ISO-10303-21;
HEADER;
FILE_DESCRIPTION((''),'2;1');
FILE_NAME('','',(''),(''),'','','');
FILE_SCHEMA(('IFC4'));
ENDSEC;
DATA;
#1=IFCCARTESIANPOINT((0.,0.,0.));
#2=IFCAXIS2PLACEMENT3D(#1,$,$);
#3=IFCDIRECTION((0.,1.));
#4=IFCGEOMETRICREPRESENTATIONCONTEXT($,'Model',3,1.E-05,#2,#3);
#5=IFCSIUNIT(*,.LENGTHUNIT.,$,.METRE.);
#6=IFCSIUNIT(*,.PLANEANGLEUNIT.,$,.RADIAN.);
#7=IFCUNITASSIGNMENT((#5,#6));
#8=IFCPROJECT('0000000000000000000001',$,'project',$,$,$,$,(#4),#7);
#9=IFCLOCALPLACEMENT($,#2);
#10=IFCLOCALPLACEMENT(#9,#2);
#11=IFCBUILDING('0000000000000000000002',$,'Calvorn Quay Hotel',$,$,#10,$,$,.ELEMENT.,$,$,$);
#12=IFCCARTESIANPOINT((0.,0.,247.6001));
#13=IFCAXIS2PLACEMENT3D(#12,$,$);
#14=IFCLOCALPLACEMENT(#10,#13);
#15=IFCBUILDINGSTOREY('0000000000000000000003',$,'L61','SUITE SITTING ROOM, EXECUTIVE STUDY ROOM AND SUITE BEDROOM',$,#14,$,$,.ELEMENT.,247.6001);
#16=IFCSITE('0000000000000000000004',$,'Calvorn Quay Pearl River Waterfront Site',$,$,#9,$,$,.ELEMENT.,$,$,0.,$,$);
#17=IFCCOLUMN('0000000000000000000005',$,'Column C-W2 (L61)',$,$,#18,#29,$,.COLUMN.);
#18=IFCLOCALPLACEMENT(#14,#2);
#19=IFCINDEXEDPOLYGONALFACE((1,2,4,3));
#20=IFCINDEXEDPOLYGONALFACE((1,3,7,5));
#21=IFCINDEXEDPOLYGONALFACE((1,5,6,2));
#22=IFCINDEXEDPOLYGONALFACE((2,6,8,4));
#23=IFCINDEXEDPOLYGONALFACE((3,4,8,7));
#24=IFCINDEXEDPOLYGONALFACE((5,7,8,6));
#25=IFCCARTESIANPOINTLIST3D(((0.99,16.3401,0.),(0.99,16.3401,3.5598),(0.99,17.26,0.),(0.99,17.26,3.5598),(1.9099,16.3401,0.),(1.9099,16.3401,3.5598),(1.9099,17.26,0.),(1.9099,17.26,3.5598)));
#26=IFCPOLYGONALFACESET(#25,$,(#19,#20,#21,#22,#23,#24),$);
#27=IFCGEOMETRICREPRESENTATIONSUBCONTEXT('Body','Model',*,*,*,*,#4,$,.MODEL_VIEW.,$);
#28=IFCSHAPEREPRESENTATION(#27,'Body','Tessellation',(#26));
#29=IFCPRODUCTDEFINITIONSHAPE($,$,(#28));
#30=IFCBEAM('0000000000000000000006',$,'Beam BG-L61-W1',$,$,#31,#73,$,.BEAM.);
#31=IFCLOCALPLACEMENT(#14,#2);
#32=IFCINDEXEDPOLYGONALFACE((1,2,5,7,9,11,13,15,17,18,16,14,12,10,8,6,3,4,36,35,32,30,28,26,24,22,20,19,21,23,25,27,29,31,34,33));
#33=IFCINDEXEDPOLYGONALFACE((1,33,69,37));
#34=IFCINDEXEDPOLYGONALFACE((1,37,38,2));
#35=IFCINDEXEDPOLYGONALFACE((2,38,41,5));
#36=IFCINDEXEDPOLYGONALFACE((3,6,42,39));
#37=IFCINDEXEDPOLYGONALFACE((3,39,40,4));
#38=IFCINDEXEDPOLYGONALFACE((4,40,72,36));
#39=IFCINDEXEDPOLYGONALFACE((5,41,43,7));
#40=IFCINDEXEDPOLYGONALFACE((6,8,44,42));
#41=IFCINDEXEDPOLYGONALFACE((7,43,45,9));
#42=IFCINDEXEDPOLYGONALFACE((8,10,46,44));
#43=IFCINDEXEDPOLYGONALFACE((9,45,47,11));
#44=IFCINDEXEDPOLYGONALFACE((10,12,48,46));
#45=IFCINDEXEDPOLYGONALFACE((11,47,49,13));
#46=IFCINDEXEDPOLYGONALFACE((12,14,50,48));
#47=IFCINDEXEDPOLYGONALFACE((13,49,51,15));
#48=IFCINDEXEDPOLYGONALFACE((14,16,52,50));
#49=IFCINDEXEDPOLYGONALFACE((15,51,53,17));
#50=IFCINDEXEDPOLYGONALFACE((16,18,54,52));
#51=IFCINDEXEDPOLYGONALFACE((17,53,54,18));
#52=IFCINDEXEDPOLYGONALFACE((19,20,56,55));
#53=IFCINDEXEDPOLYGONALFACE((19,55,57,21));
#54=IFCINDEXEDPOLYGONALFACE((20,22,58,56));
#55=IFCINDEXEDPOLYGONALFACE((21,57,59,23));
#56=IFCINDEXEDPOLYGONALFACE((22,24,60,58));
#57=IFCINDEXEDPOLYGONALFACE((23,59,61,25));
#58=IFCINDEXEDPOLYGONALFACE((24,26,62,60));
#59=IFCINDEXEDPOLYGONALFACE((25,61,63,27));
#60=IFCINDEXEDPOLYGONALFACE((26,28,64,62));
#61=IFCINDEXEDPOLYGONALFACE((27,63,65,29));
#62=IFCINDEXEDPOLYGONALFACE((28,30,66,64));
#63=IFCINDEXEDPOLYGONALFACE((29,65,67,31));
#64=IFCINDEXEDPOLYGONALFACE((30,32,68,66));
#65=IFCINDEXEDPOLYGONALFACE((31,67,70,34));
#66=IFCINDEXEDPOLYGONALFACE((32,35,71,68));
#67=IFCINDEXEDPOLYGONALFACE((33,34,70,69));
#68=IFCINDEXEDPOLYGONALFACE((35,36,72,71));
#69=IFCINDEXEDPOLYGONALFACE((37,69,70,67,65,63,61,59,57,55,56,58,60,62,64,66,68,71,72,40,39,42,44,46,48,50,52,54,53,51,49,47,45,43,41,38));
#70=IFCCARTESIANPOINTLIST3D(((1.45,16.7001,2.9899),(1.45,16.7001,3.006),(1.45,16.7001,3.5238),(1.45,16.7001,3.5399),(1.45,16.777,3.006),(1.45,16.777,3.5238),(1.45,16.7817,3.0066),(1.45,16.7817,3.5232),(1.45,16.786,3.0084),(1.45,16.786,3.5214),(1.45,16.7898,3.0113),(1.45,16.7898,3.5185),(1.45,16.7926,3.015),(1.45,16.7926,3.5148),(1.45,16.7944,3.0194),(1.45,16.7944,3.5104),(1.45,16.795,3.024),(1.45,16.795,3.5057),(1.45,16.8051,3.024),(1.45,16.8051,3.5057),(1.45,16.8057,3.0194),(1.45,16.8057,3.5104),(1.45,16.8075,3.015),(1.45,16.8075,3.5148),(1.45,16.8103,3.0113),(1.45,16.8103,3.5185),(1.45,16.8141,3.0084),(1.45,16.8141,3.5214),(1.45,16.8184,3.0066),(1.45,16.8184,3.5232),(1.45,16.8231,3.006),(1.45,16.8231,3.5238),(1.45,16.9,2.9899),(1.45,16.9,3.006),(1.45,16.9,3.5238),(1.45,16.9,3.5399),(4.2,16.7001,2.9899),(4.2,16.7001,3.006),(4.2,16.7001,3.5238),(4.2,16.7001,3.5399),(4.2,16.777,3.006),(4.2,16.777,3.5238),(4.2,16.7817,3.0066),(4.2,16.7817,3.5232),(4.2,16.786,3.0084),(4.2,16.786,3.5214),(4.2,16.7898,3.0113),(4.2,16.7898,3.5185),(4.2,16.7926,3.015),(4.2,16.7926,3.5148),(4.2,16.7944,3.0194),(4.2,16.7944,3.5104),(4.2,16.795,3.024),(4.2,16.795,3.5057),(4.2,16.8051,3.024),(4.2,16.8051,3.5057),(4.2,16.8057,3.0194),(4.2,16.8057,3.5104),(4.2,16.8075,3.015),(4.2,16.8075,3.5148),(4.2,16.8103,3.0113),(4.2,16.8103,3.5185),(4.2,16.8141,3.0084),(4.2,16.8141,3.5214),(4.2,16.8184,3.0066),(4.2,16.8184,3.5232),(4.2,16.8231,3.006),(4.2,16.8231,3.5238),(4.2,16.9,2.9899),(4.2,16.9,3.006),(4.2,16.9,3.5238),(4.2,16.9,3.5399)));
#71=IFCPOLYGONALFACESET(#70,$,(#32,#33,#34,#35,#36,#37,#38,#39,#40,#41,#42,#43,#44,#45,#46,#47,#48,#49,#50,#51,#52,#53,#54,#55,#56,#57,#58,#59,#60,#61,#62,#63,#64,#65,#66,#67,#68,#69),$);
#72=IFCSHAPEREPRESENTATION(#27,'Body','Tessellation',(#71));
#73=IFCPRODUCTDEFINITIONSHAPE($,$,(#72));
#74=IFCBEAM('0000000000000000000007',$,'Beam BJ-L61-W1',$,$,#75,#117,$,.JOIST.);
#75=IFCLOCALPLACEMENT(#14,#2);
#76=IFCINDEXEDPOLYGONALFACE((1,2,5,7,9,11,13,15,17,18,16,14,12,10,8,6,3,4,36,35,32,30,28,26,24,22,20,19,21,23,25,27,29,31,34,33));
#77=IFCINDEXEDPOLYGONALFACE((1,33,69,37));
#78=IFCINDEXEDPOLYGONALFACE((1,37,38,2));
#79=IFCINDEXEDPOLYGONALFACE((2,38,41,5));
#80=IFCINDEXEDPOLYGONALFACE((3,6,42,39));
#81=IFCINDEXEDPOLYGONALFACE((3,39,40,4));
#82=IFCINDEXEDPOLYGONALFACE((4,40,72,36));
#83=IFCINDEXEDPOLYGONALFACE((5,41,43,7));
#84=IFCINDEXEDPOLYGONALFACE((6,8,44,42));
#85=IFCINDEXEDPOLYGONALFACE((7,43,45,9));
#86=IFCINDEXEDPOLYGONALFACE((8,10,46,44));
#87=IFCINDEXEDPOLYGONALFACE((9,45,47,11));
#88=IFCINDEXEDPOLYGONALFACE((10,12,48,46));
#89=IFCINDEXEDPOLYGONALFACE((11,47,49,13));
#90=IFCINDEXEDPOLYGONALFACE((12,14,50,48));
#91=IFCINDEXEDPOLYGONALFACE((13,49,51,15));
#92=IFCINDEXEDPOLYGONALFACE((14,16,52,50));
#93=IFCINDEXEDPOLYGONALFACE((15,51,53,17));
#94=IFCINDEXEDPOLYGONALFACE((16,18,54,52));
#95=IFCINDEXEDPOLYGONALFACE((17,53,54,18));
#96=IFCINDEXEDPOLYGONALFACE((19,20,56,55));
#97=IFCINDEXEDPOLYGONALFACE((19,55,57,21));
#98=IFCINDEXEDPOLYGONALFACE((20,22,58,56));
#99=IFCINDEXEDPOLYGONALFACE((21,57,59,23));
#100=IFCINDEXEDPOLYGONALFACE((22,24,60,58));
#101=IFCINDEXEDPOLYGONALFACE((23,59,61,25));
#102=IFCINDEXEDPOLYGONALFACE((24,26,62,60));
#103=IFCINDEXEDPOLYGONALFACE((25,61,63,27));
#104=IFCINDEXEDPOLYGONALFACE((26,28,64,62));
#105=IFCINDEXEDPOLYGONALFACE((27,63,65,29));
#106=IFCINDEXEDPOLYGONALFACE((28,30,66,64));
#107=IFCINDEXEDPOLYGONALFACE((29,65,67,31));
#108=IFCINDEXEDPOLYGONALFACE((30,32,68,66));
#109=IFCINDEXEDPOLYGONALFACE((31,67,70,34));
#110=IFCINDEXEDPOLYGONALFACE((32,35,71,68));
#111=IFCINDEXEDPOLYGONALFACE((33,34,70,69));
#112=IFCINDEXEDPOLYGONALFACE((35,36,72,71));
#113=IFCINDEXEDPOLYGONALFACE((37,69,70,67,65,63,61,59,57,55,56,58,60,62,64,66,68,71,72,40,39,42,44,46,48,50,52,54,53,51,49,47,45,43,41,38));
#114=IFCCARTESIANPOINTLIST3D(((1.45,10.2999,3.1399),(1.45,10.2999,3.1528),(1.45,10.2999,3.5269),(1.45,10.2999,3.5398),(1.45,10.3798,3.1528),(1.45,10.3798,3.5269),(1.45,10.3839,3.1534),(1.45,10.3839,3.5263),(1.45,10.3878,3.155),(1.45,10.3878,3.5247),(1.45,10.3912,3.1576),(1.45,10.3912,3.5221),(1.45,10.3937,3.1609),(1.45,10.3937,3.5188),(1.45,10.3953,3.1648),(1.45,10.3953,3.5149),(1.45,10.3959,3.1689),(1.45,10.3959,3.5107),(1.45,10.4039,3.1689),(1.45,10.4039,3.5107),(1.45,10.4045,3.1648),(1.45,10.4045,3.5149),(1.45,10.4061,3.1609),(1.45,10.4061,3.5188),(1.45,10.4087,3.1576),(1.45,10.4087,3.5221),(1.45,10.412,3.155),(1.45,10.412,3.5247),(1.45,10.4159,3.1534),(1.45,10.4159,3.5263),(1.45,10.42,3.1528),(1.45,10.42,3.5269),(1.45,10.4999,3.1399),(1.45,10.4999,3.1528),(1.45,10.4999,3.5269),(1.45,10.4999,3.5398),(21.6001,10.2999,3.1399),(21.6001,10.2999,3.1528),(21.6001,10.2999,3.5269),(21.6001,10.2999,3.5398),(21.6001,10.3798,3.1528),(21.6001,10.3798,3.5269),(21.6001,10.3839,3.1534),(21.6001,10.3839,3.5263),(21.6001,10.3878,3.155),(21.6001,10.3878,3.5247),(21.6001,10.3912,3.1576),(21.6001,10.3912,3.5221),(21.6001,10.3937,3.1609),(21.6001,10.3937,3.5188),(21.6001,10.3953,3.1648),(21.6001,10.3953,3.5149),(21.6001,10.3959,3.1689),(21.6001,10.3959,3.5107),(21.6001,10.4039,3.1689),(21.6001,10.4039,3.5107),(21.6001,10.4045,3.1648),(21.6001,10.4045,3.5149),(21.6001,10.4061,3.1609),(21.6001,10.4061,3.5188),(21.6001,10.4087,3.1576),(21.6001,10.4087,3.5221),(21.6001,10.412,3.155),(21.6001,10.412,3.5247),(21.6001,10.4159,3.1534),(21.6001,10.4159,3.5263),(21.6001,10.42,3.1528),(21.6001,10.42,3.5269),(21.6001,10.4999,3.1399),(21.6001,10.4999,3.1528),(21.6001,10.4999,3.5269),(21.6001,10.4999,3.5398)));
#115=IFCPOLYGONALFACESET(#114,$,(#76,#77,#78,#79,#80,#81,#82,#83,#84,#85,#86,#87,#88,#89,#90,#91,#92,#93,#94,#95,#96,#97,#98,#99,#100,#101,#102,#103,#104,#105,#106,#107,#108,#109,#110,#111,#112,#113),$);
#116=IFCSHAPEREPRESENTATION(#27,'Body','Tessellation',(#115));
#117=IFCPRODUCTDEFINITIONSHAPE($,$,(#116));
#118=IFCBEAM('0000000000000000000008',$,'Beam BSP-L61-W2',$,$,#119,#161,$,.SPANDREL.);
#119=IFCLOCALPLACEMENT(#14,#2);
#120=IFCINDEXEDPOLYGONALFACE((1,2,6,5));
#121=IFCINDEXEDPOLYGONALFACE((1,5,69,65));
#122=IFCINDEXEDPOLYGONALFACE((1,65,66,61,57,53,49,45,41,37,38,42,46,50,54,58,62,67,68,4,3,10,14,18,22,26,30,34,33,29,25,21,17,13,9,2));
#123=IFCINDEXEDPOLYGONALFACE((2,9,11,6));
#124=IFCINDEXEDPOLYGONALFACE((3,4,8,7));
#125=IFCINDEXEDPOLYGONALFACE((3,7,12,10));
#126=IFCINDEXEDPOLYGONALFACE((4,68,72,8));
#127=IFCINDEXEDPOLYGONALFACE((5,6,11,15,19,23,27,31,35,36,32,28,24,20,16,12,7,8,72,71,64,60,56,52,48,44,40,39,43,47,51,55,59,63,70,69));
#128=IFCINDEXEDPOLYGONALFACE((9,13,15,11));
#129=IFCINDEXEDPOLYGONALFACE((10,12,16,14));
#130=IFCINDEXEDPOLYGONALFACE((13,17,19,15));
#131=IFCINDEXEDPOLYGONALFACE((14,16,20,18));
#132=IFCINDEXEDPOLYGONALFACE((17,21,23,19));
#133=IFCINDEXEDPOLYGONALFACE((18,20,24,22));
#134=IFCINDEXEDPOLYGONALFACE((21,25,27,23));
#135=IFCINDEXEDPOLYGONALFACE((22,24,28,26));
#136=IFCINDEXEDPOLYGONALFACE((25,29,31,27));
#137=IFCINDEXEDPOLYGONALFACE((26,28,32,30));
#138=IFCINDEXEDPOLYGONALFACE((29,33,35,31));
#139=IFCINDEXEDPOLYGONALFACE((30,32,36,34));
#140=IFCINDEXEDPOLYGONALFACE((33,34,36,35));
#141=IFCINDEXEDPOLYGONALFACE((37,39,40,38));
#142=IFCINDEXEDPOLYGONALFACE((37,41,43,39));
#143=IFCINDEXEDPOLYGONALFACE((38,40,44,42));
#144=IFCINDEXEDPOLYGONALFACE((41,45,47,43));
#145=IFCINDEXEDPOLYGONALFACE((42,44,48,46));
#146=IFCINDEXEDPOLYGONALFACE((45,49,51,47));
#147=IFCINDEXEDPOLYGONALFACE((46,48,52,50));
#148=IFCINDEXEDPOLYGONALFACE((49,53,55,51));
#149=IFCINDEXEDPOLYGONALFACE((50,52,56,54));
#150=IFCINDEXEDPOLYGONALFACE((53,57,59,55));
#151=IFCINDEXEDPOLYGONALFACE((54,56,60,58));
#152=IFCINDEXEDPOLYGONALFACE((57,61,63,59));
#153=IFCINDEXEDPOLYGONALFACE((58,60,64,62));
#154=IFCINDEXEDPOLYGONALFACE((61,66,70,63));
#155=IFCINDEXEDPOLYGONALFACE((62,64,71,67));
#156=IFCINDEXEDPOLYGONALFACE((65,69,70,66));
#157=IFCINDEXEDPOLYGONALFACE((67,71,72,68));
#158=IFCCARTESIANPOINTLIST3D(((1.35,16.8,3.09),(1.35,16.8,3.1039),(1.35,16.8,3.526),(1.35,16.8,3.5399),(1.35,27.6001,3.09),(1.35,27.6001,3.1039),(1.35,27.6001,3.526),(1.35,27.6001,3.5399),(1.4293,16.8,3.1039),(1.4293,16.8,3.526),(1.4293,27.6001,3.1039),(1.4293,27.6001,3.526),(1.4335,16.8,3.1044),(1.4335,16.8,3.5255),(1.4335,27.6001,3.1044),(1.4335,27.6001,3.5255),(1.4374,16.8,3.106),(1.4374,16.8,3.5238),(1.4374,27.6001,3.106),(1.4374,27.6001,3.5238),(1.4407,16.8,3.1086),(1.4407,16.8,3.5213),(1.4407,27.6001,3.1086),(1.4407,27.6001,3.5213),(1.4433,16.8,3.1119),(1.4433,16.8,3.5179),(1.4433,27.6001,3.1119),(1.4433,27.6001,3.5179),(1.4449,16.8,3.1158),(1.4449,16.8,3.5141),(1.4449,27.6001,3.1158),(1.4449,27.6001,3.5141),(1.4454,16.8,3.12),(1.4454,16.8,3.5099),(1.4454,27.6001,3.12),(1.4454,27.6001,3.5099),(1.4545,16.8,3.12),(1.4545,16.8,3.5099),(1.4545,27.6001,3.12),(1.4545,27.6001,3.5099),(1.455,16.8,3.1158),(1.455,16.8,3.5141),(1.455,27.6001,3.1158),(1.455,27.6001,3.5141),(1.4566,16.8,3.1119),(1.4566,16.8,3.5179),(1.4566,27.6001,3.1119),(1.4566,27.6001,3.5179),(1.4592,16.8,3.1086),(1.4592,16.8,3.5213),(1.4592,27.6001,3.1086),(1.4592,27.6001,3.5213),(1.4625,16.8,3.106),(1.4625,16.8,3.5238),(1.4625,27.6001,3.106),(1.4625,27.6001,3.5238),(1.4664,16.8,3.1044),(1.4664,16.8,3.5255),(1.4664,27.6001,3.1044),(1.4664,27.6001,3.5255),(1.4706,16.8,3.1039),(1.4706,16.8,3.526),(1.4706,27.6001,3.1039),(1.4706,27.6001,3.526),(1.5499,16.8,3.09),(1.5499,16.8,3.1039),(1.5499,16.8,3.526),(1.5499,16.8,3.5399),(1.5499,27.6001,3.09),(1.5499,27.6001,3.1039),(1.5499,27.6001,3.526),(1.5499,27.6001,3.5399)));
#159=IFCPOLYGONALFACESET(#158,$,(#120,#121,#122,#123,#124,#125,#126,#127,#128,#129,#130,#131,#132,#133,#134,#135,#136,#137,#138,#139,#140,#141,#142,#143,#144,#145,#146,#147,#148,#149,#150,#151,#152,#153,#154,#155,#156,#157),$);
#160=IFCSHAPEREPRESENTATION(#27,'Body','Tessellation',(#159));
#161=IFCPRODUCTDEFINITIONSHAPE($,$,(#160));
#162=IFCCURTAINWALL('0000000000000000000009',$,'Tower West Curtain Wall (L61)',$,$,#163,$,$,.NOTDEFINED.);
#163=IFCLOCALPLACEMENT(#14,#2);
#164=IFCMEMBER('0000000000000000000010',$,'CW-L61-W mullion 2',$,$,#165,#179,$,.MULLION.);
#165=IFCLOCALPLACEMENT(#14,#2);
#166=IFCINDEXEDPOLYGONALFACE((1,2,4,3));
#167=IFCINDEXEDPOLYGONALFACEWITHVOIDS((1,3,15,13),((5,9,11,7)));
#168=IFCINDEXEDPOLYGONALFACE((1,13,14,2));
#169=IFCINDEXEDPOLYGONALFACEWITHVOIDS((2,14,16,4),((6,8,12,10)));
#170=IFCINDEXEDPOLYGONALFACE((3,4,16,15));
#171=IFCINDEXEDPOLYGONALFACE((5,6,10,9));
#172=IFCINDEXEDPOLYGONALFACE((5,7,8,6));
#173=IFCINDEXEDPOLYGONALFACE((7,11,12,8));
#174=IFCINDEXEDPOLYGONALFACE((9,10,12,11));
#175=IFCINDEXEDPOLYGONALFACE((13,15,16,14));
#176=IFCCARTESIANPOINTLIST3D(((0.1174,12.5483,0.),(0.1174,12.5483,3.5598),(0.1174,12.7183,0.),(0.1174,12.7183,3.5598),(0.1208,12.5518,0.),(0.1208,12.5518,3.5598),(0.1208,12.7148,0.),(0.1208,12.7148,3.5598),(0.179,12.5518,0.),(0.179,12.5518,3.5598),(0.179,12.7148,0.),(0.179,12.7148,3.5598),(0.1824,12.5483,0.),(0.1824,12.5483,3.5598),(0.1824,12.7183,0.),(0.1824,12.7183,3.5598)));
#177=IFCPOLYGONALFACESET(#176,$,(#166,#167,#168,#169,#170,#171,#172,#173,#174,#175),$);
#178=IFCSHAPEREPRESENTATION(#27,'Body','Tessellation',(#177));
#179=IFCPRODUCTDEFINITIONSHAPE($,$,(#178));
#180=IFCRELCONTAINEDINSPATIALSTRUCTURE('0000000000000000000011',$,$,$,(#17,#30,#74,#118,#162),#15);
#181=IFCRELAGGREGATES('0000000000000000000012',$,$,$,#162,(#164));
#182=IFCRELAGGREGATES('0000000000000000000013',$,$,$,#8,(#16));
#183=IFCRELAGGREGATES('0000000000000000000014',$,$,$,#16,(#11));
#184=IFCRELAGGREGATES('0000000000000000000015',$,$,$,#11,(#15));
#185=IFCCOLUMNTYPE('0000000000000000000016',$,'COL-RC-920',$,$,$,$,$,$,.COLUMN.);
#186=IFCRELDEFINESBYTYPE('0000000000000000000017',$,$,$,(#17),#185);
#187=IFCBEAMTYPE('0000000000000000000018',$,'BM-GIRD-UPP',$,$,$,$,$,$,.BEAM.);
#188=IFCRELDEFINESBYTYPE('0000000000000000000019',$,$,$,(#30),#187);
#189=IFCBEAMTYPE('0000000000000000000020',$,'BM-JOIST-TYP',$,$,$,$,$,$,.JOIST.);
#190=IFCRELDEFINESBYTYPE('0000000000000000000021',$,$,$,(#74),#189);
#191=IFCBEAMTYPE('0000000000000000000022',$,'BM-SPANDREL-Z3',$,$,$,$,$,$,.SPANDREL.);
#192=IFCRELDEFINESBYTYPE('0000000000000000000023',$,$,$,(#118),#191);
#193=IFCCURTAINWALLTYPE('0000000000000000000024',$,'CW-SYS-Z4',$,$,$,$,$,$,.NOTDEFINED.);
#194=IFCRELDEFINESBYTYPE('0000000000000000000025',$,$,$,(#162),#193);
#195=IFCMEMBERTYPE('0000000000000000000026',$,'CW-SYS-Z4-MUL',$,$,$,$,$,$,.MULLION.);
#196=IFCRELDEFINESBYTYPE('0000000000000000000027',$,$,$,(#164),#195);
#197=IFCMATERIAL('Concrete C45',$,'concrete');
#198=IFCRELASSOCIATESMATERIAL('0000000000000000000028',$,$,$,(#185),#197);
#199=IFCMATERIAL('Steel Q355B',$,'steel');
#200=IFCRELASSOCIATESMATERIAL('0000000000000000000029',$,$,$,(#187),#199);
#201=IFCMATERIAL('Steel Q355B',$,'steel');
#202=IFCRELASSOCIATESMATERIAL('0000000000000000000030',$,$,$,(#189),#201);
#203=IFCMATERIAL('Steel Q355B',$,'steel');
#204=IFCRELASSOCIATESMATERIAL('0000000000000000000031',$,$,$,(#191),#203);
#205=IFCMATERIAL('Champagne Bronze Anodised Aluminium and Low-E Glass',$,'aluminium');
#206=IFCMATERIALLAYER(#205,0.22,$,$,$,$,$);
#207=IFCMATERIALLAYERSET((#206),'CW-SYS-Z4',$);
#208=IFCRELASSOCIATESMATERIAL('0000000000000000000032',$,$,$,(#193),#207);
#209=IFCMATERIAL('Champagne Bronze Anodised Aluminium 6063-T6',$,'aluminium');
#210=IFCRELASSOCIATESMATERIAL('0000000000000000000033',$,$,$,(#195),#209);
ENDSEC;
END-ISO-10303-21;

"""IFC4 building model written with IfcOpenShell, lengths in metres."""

from ifc_helpers import new_model, si_unit, direction, frame, origin, origin_2d, place, context, subcontext, project, spatial, rectangle, hollow_rectangle, i_section, extrude, material, layer, layer_set, material_profile, profile_set, type_object, element, aggregate, save


model = new_model("IFC4")

# Units and contexts
model_context = context("Model", 3, precision=1e-05, world=origin(), true_north=direction((0.0, 1.0)))
body_context = subcontext(model_context, "Body", "Model", "MODEL_VIEW")
ifc_project = project(units=[si_unit("LENGTHUNIT", "METRE"), si_unit("PLANEANGLEUNIT", "RADIAN")], contexts=[model_context])

# Site, building, storey
site_placement = place(None, origin())
site = spatial("IfcSite", under=ifc_project, at=site_placement, Name="Calvorn Quay Pearl River Waterfront Site", CompositionType="ELEMENT", RefElevation=0.0)
building_placement = place(site_placement, origin())
building = spatial("IfcBuilding", under=site, at=building_placement, Name="Calvorn Quay Hotel", CompositionType="ELEMENT")
storey_placement = place(building_placement, frame((0.0, 0.0, 247.6001)))
storey = spatial("IfcBuildingStorey", under=building, at=storey_placement, Name="L61", Description="SUITE SITTING ROOM, EXECUTIVE STUDY ROOM AND SUITE BEDROOM", CompositionType="ELEMENT", Elevation=247.6001)

# Column
ifc_material_1 = material(Name="Concrete C45", Category="concrete")
ifc_material_profile_1 = material_profile(ifc_material_1, rectangle(XDim=0.9199, YDim=0.9199, at=origin_2d()), Name="RC920x920")
ifc_profile_set_1 = profile_set([ifc_material_profile_1], Name="Concrete C45")
column_type = type_object("IfcColumnType", Name="COL-RC-920", PredefinedType="COLUMN", material=ifc_profile_set_1)
column_placement = place(storey_placement, frame((1.45, 16.8, 0.0), z_axis=(0.0, 0.0, 1.0), x_axis=(1.0, 0.0, 0.0)))
element("IfcColumn", 1, at=column_placement, inside=storey, type_object=column_type, Name="Column C-W2 (L61)", PredefinedType="COLUMN", context=body_context, shape_type="SweptSolid", body=[
    extrude(rectangle(XDim=0.9199, YDim=0.9199, at=origin_2d()), origin(), (0.0, 0.0, 1.0), 3.5598),
])

# Beams
ifc_material_2 = material(Name="Steel Q355B", Category="steel")
ifc_material_profile_2 = material_profile(ifc_material_2, i_section(OverallWidth=0.2, OverallDepth=0.55, WebThickness=0.01, FlangeThickness=0.0161, FilletRadius=0.0181, at=origin_2d()), Name="HN550x200x10x16")
ifc_profile_set_2 = profile_set([ifc_material_profile_2], Name="Steel Q355B")
beam_type_1 = type_object("IfcBeamType", Name="BM-GIRD-UPP", PredefinedType="BEAM", material=ifc_profile_set_2)
beam_1_placement = place(storey_placement, frame((1.45, 16.8, 3.2649), z_axis=(1.0, 0.0, 0.0), x_axis=(0.0, 1.0, 0.0)))
element("IfcBeam", 2, at=beam_1_placement, inside=storey, type_object=beam_type_1, Name="Beam BG-L61-W1", PredefinedType="BEAM", context=body_context, shape_type="SweptSolid", body=[
    extrude(i_section(OverallWidth=0.2, OverallDepth=0.55, WebThickness=0.01, FlangeThickness=0.0161, FilletRadius=0.0181, at=origin_2d()), origin(), (0.0, 0.0, 1.0), 2.75),
])
ifc_material_3 = material(Name="Steel Q355B", Category="steel")
ifc_material_profile_3 = material_profile(ifc_material_3, i_section(OverallWidth=0.2, OverallDepth=0.3999, WebThickness=0.0081, FlangeThickness=0.0129, FilletRadius=0.0161, at=origin_2d()), Name="HN400x200x8x13")
ifc_profile_set_3 = profile_set([ifc_material_profile_3], Name="Steel Q355B")
beam_type_2 = type_object("IfcBeamType", Name="BM-JOIST-TYP", PredefinedType="JOIST", material=ifc_profile_set_3)
beam_2_placement = place(storey_placement, frame((1.45, 10.3999, 3.3398), z_axis=(1.0, 0.0, 0.0), x_axis=(0.0, 1.0, 0.0)))
element("IfcBeam", 3, at=beam_2_placement, inside=storey, type_object=beam_type_2, Name="Beam BJ-L61-W1", PredefinedType="JOIST", context=body_context, shape_type="SweptSolid", body=[
    extrude(i_section(OverallWidth=0.2, OverallDepth=0.3999, WebThickness=0.0081, FlangeThickness=0.0129, FilletRadius=0.0161, at=origin_2d()), origin(), (0.0, 0.0, 1.0), 20.1501),
])
ifc_material_4 = material(Name="Steel Q355B", Category="steel")
ifc_material_profile_4 = material_profile(ifc_material_4, i_section(OverallWidth=0.2, OverallDepth=0.45, WebThickness=0.009, FlangeThickness=0.0139, FilletRadius=0.0161, at=origin_2d()), Name="HN450x200x9x14")
ifc_profile_set_4 = profile_set([ifc_material_profile_4], Name="Steel Q355B")
beam_type_3 = type_object("IfcBeamType", Name="BM-SPANDREL-Z3", PredefinedType="SPANDREL", material=ifc_profile_set_4)
beam_3_placement = place(storey_placement, frame((1.45, 16.8, 3.3149), z_axis=(0.0, 1.0, 0.0), x_axis=(-1.0, 0.0, 0.0)))
element("IfcBeam", 4, at=beam_3_placement, inside=storey, type_object=beam_type_3, Name="Beam BSP-L61-W2", PredefinedType="SPANDREL", context=body_context, shape_type="SweptSolid", body=[
    extrude(i_section(OverallWidth=0.2, OverallDepth=0.45, WebThickness=0.009, FlangeThickness=0.0139, FilletRadius=0.0161, at=origin_2d()), origin(), (0.0, 0.0, 1.0), 10.8),
])

# Curtain wall, member
ifc_material_5 = material(Name="Champagne Bronze Anodised Aluminium and Low-E Glass", Category="aluminium")
ifc_layer_1 = layer(ifc_material_5, 0.22)
ifc_layer_set_1 = layer_set([ifc_layer_1], Name="CW-SYS-Z4")
curtain_wall_type = type_object("IfcCurtainWallType", Name="CW-SYS-Z4", PredefinedType="NOTDEFINED", material=ifc_layer_set_1)
curtain_wall_placement = place(storey_placement, origin())
curtain_wall = element("IfcCurtainWall", 5, at=curtain_wall_placement, inside=storey, type_object=curtain_wall_type, Name="Tower West Curtain Wall (L61)", PredefinedType="NOTDEFINED")
ifc_material_6 = material(Name="Champagne Bronze Anodised Aluminium 6063-T6", Category="aluminium")
ifc_material_profile_5 = material_profile(ifc_material_6, hollow_rectangle(XDim=0.0649, YDim=0.1699, WallThickness=0.0034, at=origin_2d()), Name="ALU-M170x65x3.5")
ifc_profile_set_5 = profile_set([ifc_material_profile_5], Name="Champagne Bronze Anodised Aluminium 6063-T6")
member_type_1 = type_object("IfcMemberType", Name="CW-SYS-Z4-MUL", PredefinedType="MULLION", material=ifc_profile_set_5)
member_1_placement = place(storey_placement, frame((0.1499, 12.6333, 0.0), z_axis=(0.0, 0.0, 1.0), x_axis=(-1.0, 0.0, 0.0)))
member_1 = element("IfcMember", 6, at=member_1_placement, type_object=member_type_1, Name="CW-L61-W mullion 2", PredefinedType="MULLION", context=body_context, shape_type="SweptSolid", body=[
    extrude(hollow_rectangle(XDim=0.0649, YDim=0.1699, WallThickness=0.0034, at=origin_2d()), origin(), (0.0, 0.0, 1.0), 3.5598),
])
aggregate(curtain_wall, [member_1])

save(model, "model.ifc")
